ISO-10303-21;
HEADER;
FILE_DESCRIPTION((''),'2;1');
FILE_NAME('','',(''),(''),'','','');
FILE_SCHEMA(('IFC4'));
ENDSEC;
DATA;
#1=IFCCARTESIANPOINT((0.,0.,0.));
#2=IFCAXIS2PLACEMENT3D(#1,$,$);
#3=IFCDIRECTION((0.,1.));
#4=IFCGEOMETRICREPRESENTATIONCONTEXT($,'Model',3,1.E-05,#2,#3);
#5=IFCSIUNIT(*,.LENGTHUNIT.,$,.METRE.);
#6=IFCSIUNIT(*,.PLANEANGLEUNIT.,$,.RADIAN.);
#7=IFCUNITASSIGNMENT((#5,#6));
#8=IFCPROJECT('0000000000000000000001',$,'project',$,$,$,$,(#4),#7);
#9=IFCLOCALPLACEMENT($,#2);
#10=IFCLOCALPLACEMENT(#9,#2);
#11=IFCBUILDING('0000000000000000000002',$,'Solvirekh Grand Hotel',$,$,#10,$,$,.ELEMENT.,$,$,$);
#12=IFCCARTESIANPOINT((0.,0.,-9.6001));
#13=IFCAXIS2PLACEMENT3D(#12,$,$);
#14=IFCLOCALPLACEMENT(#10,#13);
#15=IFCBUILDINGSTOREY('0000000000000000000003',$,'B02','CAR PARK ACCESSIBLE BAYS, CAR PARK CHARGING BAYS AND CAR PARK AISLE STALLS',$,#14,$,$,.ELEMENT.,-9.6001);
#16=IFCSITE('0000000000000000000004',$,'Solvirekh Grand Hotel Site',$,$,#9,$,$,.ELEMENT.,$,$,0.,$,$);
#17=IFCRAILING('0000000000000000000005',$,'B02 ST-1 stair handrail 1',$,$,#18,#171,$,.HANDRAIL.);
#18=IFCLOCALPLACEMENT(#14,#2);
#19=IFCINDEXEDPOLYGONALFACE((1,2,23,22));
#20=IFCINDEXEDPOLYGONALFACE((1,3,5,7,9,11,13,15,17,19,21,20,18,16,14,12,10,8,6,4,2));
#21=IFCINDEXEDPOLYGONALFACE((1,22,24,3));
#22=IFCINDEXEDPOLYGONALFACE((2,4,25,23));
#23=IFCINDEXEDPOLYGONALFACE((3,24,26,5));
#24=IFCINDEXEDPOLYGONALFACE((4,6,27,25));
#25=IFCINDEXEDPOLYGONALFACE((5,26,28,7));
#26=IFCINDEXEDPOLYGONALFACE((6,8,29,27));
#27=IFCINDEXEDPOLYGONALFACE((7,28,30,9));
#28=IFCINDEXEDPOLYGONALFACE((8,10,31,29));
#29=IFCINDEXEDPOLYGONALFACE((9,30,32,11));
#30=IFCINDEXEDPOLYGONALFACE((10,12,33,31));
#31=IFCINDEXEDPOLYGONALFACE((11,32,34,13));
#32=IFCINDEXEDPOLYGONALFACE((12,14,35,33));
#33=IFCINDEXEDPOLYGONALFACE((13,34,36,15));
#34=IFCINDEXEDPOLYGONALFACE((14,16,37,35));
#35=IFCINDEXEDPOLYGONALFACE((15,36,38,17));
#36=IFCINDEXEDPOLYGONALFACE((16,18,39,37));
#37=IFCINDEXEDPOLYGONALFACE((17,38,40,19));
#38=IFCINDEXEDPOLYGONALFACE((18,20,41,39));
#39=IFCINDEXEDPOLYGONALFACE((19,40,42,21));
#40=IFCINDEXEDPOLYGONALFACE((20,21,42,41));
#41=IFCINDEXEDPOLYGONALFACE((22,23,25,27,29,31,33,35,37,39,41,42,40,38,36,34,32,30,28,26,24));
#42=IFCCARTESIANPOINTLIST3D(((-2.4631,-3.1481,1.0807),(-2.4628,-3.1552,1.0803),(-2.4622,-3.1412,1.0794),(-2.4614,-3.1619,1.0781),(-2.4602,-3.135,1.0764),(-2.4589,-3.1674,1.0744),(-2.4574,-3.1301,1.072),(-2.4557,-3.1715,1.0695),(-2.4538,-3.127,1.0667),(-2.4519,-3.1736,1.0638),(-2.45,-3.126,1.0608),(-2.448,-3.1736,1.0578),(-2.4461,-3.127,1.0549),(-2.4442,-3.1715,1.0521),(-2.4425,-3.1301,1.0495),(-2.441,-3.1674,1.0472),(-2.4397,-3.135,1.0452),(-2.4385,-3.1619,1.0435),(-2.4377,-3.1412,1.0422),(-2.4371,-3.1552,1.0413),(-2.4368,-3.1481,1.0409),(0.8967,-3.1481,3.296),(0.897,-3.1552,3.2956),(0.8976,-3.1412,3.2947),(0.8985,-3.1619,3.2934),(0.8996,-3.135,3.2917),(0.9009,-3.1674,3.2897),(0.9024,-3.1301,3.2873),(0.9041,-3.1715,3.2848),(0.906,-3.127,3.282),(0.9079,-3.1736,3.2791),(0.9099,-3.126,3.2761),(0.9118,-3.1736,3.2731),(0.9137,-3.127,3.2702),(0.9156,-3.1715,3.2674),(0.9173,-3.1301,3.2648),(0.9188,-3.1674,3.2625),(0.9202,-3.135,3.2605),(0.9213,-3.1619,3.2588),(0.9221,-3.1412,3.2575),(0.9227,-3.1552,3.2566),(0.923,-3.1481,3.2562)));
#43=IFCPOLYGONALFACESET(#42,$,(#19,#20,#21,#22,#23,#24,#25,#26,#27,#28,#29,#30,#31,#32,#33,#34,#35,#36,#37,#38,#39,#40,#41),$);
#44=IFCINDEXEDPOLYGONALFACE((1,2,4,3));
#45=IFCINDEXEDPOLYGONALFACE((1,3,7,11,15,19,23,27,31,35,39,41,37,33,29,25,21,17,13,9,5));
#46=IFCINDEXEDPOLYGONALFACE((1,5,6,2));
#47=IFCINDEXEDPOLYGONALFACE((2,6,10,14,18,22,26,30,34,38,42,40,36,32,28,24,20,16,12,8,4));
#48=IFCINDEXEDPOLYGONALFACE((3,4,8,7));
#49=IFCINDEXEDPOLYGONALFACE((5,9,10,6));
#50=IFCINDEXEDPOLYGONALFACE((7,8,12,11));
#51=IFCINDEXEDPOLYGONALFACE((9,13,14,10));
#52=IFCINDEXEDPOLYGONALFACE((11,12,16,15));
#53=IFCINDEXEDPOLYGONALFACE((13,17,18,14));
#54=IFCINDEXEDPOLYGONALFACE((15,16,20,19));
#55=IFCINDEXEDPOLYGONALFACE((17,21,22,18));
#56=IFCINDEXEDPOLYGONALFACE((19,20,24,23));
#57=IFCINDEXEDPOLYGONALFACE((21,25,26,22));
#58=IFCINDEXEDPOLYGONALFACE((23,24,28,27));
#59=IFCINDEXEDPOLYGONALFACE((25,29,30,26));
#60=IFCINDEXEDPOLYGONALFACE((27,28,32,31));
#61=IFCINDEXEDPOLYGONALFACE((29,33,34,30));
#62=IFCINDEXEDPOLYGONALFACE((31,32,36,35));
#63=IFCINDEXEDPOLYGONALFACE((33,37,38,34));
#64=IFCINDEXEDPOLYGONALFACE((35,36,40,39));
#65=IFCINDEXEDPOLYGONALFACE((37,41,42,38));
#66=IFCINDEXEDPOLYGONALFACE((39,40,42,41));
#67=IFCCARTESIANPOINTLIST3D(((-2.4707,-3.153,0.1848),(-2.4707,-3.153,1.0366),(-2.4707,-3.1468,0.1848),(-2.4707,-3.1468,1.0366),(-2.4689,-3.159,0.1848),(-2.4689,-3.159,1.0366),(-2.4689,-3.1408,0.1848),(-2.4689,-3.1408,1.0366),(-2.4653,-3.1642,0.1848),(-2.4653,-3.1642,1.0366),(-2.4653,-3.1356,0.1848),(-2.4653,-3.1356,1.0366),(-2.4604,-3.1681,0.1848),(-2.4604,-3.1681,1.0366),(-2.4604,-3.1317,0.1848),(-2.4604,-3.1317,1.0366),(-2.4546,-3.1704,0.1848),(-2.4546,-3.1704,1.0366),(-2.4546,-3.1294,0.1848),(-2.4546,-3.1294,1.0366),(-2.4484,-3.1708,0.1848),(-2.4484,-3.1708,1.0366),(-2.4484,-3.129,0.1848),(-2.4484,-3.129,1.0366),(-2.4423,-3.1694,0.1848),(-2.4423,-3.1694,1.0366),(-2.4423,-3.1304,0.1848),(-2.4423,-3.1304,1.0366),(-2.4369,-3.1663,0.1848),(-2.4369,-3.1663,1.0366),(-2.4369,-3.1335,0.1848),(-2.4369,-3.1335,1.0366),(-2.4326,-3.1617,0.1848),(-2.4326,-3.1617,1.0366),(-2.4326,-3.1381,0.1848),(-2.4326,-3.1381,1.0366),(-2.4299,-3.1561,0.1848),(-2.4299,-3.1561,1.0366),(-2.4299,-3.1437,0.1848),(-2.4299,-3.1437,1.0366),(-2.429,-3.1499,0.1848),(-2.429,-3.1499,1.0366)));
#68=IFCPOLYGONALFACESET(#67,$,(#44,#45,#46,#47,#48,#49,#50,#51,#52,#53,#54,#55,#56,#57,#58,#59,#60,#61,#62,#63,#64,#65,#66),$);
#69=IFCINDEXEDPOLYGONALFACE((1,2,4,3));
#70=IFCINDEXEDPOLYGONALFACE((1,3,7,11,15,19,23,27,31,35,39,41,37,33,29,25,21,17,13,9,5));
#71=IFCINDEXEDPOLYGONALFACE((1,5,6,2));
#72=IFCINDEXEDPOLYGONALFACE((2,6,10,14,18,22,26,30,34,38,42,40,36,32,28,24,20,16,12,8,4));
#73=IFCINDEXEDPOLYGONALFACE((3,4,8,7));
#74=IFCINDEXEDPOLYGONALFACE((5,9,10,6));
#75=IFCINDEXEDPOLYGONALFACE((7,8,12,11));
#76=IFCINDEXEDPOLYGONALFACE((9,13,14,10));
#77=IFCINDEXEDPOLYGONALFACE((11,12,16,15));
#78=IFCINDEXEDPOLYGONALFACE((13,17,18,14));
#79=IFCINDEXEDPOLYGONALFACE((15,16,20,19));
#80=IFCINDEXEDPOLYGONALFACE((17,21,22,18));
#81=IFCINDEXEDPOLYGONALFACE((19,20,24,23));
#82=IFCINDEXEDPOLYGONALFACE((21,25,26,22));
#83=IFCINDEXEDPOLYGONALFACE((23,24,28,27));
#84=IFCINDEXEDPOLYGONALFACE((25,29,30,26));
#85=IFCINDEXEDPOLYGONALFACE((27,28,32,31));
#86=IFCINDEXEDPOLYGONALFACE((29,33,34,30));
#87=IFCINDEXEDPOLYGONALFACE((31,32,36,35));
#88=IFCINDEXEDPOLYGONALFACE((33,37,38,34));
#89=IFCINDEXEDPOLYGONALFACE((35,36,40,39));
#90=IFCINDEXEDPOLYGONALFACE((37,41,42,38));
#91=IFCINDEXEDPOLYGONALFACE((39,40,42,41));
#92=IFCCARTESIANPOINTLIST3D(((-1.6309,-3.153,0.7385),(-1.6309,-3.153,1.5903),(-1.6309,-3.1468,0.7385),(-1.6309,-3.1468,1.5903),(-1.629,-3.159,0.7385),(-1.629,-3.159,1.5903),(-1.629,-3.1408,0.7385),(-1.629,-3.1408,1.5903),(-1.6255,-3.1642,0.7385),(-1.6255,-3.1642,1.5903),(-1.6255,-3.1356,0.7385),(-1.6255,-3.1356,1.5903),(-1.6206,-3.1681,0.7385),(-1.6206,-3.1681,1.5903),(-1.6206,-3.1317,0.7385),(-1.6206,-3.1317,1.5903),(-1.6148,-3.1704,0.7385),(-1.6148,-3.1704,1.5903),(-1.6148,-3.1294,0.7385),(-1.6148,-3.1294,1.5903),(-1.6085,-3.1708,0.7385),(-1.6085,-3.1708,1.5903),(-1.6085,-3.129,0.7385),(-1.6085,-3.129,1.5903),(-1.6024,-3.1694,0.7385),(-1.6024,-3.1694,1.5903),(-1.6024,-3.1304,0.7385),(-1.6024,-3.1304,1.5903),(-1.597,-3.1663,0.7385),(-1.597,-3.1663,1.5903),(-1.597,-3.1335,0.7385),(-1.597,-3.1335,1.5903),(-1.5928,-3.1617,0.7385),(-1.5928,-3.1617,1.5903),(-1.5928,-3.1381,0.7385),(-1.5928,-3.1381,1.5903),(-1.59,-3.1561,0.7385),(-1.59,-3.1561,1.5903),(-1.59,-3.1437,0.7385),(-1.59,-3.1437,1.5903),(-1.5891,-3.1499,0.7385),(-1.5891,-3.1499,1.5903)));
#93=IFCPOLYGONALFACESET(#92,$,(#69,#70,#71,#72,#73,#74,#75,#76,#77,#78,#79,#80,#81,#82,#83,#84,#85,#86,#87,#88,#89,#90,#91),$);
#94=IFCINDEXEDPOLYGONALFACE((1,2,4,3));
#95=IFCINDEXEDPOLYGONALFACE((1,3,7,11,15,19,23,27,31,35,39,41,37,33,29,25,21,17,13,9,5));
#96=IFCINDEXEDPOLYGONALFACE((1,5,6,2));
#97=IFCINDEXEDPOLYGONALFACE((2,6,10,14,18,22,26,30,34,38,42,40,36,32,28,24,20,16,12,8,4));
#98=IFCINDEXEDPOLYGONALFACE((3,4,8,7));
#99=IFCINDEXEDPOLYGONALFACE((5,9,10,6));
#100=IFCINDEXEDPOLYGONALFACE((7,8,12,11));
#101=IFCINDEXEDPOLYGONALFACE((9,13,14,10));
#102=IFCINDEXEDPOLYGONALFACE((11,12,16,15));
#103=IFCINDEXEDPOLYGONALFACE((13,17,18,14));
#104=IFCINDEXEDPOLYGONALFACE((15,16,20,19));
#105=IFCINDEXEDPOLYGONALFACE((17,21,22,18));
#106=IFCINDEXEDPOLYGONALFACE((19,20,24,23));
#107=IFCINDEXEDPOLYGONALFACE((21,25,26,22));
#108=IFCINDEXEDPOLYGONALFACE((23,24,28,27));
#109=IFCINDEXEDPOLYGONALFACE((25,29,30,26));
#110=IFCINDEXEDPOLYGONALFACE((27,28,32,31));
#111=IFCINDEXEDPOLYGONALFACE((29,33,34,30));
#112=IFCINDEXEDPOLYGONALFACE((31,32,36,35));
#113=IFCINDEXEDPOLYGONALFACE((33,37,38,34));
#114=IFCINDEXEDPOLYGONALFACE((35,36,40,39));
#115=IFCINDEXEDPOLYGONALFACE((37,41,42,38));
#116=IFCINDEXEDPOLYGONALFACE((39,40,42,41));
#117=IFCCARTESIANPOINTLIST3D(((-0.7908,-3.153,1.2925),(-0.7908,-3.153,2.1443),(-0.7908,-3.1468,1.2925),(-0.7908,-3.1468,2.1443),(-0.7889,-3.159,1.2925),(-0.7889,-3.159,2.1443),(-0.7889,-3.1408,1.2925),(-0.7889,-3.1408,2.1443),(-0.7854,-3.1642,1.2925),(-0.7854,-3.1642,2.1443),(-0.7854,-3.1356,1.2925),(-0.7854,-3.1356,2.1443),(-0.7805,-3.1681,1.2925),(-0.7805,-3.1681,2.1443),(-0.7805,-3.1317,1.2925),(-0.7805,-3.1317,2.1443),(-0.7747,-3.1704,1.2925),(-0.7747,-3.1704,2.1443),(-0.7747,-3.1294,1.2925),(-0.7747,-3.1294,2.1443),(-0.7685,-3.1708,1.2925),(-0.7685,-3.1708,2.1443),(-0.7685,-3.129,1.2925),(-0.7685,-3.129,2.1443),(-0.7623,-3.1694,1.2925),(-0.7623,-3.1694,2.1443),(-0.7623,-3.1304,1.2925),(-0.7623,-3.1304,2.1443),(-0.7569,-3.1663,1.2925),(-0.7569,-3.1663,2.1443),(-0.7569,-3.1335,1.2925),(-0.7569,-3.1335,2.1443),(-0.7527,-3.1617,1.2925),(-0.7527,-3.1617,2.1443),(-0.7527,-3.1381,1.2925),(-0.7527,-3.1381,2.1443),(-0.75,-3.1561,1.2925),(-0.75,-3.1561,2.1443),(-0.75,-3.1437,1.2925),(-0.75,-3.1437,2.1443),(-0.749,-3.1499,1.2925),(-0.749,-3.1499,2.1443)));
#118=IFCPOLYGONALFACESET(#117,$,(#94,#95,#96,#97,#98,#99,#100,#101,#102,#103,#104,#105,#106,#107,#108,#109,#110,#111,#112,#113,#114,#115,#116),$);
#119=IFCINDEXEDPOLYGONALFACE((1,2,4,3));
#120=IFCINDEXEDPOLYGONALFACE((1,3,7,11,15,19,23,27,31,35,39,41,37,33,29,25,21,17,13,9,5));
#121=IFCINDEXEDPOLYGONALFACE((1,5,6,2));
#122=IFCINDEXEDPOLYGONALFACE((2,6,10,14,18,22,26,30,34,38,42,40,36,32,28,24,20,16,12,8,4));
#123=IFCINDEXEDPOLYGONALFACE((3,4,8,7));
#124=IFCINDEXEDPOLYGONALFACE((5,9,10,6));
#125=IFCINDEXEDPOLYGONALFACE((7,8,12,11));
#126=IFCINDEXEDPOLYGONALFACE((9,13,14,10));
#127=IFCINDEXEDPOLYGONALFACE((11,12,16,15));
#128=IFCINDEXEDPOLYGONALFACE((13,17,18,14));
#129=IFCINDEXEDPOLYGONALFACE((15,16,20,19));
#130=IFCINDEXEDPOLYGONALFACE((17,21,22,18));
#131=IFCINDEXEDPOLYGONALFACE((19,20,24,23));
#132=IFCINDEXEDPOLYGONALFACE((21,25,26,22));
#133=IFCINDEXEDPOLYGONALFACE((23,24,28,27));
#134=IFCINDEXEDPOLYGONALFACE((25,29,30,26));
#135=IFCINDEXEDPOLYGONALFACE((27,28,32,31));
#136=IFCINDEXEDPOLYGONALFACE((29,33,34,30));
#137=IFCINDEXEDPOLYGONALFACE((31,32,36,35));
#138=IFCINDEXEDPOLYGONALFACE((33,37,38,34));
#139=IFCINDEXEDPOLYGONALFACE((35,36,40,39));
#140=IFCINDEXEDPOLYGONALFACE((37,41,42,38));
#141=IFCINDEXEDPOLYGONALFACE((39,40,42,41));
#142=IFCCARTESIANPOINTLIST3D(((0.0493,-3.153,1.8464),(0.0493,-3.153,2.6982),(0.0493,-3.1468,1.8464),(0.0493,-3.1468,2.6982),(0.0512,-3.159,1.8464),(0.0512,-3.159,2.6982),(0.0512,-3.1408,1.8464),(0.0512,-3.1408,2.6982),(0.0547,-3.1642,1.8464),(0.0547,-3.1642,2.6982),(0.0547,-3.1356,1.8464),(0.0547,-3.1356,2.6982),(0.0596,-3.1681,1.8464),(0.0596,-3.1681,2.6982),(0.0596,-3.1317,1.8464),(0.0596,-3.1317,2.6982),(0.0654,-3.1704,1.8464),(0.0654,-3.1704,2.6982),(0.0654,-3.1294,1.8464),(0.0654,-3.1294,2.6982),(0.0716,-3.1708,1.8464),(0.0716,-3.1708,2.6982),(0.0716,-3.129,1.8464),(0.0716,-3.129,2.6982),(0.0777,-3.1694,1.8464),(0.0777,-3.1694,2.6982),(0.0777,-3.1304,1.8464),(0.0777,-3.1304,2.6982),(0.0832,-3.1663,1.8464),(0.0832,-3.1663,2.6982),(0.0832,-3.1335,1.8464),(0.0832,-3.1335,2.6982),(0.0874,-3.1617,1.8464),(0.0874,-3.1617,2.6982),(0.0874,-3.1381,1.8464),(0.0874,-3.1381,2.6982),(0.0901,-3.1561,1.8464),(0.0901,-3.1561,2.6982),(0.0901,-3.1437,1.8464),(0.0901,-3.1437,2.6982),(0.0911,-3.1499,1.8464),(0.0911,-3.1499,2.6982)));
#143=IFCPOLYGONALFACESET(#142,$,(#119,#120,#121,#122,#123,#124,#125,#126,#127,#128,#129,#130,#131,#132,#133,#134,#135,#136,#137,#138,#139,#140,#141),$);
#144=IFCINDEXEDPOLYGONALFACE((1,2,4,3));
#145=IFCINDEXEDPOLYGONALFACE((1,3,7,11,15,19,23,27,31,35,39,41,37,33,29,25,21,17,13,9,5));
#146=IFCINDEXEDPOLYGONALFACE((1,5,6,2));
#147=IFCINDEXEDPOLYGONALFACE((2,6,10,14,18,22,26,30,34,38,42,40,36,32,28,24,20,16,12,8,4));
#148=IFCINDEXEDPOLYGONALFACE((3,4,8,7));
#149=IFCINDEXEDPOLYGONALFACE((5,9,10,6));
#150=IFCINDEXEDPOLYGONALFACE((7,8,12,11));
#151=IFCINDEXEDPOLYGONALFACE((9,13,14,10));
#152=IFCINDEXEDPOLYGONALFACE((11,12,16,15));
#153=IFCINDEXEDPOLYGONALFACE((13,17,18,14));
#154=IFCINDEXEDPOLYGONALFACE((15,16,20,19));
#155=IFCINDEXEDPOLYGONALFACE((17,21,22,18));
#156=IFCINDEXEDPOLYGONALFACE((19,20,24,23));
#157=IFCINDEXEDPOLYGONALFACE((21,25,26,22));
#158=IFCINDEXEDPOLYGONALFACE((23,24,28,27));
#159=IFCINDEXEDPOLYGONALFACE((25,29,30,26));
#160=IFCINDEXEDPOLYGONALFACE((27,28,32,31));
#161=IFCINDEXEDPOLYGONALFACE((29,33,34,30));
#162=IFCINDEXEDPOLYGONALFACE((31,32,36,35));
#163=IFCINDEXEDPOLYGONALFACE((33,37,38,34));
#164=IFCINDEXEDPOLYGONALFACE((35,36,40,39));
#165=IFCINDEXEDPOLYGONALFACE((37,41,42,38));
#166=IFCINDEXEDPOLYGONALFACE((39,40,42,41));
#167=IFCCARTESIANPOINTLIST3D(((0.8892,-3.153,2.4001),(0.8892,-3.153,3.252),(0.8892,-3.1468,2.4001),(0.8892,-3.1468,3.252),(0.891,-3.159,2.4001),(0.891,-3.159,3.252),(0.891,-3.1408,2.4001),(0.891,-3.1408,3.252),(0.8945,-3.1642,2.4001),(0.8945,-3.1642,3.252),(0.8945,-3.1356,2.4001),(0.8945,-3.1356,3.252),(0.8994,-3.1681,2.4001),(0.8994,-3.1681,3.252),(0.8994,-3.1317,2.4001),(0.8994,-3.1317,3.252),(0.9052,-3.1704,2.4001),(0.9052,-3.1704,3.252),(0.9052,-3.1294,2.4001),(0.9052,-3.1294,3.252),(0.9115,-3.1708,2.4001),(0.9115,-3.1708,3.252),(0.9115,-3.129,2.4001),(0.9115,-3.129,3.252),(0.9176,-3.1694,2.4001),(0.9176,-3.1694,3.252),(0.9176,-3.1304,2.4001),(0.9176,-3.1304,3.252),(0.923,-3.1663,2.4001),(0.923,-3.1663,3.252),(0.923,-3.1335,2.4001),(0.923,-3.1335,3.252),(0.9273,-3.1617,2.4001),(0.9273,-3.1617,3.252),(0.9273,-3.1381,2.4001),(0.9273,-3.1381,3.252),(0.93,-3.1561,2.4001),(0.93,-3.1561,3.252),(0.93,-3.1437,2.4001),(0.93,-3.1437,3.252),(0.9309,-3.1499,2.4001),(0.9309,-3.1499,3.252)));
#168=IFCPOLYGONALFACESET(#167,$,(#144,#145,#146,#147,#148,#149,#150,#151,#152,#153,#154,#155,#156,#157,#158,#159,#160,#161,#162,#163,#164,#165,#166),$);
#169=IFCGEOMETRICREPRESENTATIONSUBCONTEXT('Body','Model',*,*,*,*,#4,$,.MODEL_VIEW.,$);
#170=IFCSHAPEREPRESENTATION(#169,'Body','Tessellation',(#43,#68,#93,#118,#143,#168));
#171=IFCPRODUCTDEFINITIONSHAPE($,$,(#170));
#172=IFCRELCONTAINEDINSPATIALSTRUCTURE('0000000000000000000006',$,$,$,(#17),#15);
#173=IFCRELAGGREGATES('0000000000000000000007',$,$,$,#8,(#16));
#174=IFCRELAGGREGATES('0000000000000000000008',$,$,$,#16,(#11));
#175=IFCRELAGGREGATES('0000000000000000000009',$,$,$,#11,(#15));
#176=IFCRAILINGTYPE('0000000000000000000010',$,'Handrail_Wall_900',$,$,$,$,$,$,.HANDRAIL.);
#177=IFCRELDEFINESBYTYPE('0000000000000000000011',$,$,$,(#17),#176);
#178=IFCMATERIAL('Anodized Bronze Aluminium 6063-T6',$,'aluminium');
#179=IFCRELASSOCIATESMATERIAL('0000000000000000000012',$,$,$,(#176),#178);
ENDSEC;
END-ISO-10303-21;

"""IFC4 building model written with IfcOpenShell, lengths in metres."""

from ifc_helpers import new_model, si_unit, direction, frame, origin, origin_2d, place, context, subcontext, project, spatial, circle, extrude, material, type_object, element, save


model = new_model("IFC4")

# Units and contexts
model_context = context("Model", 3, precision=1e-05, world=origin(), true_north=direction((0.0, 1.0)))
body_context = subcontext(model_context, "Body", "Model", "MODEL_VIEW")
ifc_project = project(units=[si_unit("LENGTHUNIT", "METRE"), si_unit("PLANEANGLEUNIT", "RADIAN")], contexts=[model_context])

# Site, building, storey
site_placement = place(None, origin())
site = spatial("IfcSite", under=ifc_project, at=site_placement, Name="Solvirekh Grand Hotel Site", CompositionType="ELEMENT", RefElevation=0.0)
building_placement = place(site_placement, origin())
building = spatial("IfcBuilding", under=site, at=building_placement, Name="Solvirekh Grand Hotel", CompositionType="ELEMENT")
storey_placement = place(building_placement, frame((0.0, 0.0, -9.6001)))
storey = spatial("IfcBuildingStorey", under=building, at=storey_placement, Name="B02", Description="CAR PARK ACCESSIBLE BAYS, CAR PARK CHARGING BAYS AND CAR PARK AISLE STALLS", CompositionType="ELEMENT", Elevation=-9.6001)

# Railing
ifc_material_1 = material(Name="Anodized Bronze Aluminium 6063-T6", Category="aluminium")
railing_type_1 = type_object("IfcRailingType", Name="Handrail_Wall_900", PredefinedType="HANDRAIL", material=ifc_material_1)
for number, where, name in (
    (1, (-2.45, -3.1499, 0.1848), "B02 ST-1 stair handrail 1"),
):
    element("IfcRailing", number, at=place(storey_placement, frame(where)), inside=storey, type_object=railing_type_1, Name=name, PredefinedType="HANDRAIL", context=body_context, shape_type="SweptSolid", body=[
        extrude(circle(Radius=0.0239, at=origin_2d()), frame((0.0, 0.0, 0.876), z_axis=(0.834858, 0.0, 0.550465), x_axis=(0.0, 1.0, 0.0)), (0.0, 0.0, 1.0), 4.0244),
        extrude(circle(Radius=0.021, at=origin_2d()), origin(), (0.0, 0.0, 1.0), 0.8518),
        extrude(circle(Radius=0.021, at=origin_2d()), frame((0.8398, 0.0, 0.5537)), (0.0, 0.0, 1.0), 0.8518),
        extrude(circle(Radius=0.021, at=origin_2d()), frame((1.6799, 0.0, 1.1077)), (0.0, 0.0, 1.0), 0.8518),
        extrude(circle(Radius=0.021, at=origin_2d()), frame((2.52, 0.0, 1.6616)), (0.0, 0.0, 1.0), 0.8518),
        extrude(circle(Radius=0.021, at=origin_2d()), frame((3.3599, 0.0, 2.2153)), (0.0, 0.0, 1.0), 0.8518),
    ])

save(model, "model.ifc")
